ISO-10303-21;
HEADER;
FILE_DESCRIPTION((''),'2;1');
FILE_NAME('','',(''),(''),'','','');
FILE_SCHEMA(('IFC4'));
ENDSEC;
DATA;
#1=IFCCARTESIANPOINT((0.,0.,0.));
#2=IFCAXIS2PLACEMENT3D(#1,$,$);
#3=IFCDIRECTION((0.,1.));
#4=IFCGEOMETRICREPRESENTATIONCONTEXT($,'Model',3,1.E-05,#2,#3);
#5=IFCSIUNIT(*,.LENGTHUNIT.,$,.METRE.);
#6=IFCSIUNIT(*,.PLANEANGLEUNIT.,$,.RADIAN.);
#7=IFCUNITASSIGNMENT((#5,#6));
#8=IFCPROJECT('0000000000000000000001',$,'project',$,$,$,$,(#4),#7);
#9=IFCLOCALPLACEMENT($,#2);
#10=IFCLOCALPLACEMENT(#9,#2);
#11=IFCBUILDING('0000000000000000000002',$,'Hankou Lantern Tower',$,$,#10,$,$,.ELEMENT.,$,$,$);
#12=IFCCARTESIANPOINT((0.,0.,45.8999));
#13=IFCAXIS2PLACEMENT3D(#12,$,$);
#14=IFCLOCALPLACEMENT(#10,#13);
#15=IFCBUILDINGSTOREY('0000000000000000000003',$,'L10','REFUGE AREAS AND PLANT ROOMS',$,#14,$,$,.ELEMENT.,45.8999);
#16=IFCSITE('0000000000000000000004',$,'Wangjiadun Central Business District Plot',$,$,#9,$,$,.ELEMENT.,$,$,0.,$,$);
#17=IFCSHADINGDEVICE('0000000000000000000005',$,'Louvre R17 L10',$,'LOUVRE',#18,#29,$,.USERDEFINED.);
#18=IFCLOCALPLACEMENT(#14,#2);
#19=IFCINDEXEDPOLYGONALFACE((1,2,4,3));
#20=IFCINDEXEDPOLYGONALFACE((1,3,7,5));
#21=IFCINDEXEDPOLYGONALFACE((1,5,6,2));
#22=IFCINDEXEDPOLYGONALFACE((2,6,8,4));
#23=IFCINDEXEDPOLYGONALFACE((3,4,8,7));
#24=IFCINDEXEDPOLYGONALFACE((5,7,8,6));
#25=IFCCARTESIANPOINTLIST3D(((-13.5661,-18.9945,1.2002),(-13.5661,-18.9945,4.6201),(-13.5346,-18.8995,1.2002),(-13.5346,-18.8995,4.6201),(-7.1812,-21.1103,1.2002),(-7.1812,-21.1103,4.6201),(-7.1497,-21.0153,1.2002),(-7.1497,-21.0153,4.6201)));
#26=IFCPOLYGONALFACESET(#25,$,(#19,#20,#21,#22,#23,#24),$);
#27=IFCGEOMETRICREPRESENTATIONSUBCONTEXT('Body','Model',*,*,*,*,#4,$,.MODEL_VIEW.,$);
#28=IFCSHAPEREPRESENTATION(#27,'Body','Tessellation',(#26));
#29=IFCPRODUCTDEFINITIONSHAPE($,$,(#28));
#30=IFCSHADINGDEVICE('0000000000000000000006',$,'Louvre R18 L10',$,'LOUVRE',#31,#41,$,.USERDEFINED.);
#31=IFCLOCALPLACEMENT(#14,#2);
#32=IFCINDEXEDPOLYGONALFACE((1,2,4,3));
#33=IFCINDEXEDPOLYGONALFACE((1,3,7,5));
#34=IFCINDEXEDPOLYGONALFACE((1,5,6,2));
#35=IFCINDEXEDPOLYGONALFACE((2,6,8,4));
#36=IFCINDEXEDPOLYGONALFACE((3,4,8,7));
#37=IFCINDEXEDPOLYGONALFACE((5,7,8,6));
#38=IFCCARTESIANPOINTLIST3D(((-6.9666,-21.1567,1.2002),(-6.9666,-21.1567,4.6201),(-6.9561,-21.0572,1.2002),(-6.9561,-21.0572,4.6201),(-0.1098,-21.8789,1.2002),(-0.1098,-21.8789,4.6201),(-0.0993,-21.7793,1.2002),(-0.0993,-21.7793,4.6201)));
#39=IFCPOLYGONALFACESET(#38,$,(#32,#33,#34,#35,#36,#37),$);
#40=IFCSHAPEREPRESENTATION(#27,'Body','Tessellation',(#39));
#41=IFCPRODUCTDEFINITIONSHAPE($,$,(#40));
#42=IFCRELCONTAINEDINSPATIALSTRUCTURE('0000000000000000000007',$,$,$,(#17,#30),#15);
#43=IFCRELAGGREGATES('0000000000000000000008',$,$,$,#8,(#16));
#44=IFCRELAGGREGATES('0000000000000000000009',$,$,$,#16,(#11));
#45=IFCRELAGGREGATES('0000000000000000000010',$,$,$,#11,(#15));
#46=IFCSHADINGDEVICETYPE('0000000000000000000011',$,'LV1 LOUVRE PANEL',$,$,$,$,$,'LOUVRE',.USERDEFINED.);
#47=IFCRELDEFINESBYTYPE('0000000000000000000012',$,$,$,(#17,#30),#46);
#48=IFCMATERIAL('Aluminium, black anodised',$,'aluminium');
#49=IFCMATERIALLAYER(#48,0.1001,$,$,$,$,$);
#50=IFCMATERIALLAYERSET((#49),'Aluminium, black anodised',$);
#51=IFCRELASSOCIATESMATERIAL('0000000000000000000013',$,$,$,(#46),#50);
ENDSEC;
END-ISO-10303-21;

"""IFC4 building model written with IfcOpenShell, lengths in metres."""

from ifc_helpers import new_model, si_unit, direction, frame, origin, origin_2d, place, context, subcontext, project, spatial, rectangle, extrude, material, layer, layer_set, type_object, element, save


model = new_model("IFC4")

# Units and contexts
model_context = context("Model", 3, precision=1e-05, world=origin(), true_north=direction((0.0, 1.0)))
body_context = subcontext(model_context, "Body", "Model", "MODEL_VIEW")
ifc_project = project(units=[si_unit("LENGTHUNIT", "METRE"), si_unit("PLANEANGLEUNIT", "RADIAN")], contexts=[model_context])

# Site, building, storey
site_placement = place(None, origin())
site = spatial("IfcSite", under=ifc_project, at=site_placement, Name="Wangjiadun Central Business District Plot", CompositionType="ELEMENT", RefElevation=0.0)
building_placement = place(site_placement, origin())
building = spatial("IfcBuilding", under=site, at=building_placement, Name="Hankou Lantern Tower", CompositionType="ELEMENT")
storey_placement = place(building_placement, frame((0.0, 0.0, 45.8999)))
storey = spatial("IfcBuildingStorey", under=building, at=storey_placement, Name="L10", Description="REFUGE AREAS AND PLANT ROOMS", CompositionType="ELEMENT", Elevation=45.8999)

# Shading devices
ifc_material_1 = material(Name="Aluminium, black anodised", Category="aluminium")
ifc_layer_1 = layer(ifc_material_1, 0.1001)
ifc_layer_set_1 = layer_set([ifc_layer_1], Name="Aluminium, black anodised")
shading_device_type = type_object("IfcShadingDeviceType", Name="LV1 LOUVRE PANEL", ElementType="LOUVRE", PredefinedType="USERDEFINED", material=ifc_layer_set_1)
shading_device_1_placement = place(storey_placement, frame((-10.3579, -20.0049, 1.2002), z_axis=(0.0, 0.0, 1.0), x_axis=(0.949241, -0.314551, 0.0)))
element("IfcShadingDevice", 1, at=shading_device_1_placement, inside=storey, type_object=shading_device_type, Name="Louvre R17 L10", ObjectType="LOUVRE", PredefinedType="USERDEFINED", context=body_context, shape_type="SweptSolid", body=[
    extrude(rectangle(XDim=6.7263, YDim=0.1001, at=origin_2d()), origin(), (0.0, 0.0, 1.0), 3.4199),
])
shading_device_2_placement = place(storey_placement, frame((-3.533, -21.468, 1.2002), z_axis=(0.0, 0.0, 1.0), x_axis=(0.994499, -0.104743, 0.0)))
element("IfcShadingDevice", 2, at=shading_device_2_placement, inside=storey, type_object=shading_device_type, Name="Louvre R18 L10", ObjectType="LOUVRE", PredefinedType="USERDEFINED", context=body_context, shape_type="SweptSolid", body=[
    extrude(rectangle(XDim=6.8948, YDim=0.1001, at=origin_2d()), origin(), (0.0, 0.0, 1.0), 3.4199),
])

save(model, "model.ifc")
